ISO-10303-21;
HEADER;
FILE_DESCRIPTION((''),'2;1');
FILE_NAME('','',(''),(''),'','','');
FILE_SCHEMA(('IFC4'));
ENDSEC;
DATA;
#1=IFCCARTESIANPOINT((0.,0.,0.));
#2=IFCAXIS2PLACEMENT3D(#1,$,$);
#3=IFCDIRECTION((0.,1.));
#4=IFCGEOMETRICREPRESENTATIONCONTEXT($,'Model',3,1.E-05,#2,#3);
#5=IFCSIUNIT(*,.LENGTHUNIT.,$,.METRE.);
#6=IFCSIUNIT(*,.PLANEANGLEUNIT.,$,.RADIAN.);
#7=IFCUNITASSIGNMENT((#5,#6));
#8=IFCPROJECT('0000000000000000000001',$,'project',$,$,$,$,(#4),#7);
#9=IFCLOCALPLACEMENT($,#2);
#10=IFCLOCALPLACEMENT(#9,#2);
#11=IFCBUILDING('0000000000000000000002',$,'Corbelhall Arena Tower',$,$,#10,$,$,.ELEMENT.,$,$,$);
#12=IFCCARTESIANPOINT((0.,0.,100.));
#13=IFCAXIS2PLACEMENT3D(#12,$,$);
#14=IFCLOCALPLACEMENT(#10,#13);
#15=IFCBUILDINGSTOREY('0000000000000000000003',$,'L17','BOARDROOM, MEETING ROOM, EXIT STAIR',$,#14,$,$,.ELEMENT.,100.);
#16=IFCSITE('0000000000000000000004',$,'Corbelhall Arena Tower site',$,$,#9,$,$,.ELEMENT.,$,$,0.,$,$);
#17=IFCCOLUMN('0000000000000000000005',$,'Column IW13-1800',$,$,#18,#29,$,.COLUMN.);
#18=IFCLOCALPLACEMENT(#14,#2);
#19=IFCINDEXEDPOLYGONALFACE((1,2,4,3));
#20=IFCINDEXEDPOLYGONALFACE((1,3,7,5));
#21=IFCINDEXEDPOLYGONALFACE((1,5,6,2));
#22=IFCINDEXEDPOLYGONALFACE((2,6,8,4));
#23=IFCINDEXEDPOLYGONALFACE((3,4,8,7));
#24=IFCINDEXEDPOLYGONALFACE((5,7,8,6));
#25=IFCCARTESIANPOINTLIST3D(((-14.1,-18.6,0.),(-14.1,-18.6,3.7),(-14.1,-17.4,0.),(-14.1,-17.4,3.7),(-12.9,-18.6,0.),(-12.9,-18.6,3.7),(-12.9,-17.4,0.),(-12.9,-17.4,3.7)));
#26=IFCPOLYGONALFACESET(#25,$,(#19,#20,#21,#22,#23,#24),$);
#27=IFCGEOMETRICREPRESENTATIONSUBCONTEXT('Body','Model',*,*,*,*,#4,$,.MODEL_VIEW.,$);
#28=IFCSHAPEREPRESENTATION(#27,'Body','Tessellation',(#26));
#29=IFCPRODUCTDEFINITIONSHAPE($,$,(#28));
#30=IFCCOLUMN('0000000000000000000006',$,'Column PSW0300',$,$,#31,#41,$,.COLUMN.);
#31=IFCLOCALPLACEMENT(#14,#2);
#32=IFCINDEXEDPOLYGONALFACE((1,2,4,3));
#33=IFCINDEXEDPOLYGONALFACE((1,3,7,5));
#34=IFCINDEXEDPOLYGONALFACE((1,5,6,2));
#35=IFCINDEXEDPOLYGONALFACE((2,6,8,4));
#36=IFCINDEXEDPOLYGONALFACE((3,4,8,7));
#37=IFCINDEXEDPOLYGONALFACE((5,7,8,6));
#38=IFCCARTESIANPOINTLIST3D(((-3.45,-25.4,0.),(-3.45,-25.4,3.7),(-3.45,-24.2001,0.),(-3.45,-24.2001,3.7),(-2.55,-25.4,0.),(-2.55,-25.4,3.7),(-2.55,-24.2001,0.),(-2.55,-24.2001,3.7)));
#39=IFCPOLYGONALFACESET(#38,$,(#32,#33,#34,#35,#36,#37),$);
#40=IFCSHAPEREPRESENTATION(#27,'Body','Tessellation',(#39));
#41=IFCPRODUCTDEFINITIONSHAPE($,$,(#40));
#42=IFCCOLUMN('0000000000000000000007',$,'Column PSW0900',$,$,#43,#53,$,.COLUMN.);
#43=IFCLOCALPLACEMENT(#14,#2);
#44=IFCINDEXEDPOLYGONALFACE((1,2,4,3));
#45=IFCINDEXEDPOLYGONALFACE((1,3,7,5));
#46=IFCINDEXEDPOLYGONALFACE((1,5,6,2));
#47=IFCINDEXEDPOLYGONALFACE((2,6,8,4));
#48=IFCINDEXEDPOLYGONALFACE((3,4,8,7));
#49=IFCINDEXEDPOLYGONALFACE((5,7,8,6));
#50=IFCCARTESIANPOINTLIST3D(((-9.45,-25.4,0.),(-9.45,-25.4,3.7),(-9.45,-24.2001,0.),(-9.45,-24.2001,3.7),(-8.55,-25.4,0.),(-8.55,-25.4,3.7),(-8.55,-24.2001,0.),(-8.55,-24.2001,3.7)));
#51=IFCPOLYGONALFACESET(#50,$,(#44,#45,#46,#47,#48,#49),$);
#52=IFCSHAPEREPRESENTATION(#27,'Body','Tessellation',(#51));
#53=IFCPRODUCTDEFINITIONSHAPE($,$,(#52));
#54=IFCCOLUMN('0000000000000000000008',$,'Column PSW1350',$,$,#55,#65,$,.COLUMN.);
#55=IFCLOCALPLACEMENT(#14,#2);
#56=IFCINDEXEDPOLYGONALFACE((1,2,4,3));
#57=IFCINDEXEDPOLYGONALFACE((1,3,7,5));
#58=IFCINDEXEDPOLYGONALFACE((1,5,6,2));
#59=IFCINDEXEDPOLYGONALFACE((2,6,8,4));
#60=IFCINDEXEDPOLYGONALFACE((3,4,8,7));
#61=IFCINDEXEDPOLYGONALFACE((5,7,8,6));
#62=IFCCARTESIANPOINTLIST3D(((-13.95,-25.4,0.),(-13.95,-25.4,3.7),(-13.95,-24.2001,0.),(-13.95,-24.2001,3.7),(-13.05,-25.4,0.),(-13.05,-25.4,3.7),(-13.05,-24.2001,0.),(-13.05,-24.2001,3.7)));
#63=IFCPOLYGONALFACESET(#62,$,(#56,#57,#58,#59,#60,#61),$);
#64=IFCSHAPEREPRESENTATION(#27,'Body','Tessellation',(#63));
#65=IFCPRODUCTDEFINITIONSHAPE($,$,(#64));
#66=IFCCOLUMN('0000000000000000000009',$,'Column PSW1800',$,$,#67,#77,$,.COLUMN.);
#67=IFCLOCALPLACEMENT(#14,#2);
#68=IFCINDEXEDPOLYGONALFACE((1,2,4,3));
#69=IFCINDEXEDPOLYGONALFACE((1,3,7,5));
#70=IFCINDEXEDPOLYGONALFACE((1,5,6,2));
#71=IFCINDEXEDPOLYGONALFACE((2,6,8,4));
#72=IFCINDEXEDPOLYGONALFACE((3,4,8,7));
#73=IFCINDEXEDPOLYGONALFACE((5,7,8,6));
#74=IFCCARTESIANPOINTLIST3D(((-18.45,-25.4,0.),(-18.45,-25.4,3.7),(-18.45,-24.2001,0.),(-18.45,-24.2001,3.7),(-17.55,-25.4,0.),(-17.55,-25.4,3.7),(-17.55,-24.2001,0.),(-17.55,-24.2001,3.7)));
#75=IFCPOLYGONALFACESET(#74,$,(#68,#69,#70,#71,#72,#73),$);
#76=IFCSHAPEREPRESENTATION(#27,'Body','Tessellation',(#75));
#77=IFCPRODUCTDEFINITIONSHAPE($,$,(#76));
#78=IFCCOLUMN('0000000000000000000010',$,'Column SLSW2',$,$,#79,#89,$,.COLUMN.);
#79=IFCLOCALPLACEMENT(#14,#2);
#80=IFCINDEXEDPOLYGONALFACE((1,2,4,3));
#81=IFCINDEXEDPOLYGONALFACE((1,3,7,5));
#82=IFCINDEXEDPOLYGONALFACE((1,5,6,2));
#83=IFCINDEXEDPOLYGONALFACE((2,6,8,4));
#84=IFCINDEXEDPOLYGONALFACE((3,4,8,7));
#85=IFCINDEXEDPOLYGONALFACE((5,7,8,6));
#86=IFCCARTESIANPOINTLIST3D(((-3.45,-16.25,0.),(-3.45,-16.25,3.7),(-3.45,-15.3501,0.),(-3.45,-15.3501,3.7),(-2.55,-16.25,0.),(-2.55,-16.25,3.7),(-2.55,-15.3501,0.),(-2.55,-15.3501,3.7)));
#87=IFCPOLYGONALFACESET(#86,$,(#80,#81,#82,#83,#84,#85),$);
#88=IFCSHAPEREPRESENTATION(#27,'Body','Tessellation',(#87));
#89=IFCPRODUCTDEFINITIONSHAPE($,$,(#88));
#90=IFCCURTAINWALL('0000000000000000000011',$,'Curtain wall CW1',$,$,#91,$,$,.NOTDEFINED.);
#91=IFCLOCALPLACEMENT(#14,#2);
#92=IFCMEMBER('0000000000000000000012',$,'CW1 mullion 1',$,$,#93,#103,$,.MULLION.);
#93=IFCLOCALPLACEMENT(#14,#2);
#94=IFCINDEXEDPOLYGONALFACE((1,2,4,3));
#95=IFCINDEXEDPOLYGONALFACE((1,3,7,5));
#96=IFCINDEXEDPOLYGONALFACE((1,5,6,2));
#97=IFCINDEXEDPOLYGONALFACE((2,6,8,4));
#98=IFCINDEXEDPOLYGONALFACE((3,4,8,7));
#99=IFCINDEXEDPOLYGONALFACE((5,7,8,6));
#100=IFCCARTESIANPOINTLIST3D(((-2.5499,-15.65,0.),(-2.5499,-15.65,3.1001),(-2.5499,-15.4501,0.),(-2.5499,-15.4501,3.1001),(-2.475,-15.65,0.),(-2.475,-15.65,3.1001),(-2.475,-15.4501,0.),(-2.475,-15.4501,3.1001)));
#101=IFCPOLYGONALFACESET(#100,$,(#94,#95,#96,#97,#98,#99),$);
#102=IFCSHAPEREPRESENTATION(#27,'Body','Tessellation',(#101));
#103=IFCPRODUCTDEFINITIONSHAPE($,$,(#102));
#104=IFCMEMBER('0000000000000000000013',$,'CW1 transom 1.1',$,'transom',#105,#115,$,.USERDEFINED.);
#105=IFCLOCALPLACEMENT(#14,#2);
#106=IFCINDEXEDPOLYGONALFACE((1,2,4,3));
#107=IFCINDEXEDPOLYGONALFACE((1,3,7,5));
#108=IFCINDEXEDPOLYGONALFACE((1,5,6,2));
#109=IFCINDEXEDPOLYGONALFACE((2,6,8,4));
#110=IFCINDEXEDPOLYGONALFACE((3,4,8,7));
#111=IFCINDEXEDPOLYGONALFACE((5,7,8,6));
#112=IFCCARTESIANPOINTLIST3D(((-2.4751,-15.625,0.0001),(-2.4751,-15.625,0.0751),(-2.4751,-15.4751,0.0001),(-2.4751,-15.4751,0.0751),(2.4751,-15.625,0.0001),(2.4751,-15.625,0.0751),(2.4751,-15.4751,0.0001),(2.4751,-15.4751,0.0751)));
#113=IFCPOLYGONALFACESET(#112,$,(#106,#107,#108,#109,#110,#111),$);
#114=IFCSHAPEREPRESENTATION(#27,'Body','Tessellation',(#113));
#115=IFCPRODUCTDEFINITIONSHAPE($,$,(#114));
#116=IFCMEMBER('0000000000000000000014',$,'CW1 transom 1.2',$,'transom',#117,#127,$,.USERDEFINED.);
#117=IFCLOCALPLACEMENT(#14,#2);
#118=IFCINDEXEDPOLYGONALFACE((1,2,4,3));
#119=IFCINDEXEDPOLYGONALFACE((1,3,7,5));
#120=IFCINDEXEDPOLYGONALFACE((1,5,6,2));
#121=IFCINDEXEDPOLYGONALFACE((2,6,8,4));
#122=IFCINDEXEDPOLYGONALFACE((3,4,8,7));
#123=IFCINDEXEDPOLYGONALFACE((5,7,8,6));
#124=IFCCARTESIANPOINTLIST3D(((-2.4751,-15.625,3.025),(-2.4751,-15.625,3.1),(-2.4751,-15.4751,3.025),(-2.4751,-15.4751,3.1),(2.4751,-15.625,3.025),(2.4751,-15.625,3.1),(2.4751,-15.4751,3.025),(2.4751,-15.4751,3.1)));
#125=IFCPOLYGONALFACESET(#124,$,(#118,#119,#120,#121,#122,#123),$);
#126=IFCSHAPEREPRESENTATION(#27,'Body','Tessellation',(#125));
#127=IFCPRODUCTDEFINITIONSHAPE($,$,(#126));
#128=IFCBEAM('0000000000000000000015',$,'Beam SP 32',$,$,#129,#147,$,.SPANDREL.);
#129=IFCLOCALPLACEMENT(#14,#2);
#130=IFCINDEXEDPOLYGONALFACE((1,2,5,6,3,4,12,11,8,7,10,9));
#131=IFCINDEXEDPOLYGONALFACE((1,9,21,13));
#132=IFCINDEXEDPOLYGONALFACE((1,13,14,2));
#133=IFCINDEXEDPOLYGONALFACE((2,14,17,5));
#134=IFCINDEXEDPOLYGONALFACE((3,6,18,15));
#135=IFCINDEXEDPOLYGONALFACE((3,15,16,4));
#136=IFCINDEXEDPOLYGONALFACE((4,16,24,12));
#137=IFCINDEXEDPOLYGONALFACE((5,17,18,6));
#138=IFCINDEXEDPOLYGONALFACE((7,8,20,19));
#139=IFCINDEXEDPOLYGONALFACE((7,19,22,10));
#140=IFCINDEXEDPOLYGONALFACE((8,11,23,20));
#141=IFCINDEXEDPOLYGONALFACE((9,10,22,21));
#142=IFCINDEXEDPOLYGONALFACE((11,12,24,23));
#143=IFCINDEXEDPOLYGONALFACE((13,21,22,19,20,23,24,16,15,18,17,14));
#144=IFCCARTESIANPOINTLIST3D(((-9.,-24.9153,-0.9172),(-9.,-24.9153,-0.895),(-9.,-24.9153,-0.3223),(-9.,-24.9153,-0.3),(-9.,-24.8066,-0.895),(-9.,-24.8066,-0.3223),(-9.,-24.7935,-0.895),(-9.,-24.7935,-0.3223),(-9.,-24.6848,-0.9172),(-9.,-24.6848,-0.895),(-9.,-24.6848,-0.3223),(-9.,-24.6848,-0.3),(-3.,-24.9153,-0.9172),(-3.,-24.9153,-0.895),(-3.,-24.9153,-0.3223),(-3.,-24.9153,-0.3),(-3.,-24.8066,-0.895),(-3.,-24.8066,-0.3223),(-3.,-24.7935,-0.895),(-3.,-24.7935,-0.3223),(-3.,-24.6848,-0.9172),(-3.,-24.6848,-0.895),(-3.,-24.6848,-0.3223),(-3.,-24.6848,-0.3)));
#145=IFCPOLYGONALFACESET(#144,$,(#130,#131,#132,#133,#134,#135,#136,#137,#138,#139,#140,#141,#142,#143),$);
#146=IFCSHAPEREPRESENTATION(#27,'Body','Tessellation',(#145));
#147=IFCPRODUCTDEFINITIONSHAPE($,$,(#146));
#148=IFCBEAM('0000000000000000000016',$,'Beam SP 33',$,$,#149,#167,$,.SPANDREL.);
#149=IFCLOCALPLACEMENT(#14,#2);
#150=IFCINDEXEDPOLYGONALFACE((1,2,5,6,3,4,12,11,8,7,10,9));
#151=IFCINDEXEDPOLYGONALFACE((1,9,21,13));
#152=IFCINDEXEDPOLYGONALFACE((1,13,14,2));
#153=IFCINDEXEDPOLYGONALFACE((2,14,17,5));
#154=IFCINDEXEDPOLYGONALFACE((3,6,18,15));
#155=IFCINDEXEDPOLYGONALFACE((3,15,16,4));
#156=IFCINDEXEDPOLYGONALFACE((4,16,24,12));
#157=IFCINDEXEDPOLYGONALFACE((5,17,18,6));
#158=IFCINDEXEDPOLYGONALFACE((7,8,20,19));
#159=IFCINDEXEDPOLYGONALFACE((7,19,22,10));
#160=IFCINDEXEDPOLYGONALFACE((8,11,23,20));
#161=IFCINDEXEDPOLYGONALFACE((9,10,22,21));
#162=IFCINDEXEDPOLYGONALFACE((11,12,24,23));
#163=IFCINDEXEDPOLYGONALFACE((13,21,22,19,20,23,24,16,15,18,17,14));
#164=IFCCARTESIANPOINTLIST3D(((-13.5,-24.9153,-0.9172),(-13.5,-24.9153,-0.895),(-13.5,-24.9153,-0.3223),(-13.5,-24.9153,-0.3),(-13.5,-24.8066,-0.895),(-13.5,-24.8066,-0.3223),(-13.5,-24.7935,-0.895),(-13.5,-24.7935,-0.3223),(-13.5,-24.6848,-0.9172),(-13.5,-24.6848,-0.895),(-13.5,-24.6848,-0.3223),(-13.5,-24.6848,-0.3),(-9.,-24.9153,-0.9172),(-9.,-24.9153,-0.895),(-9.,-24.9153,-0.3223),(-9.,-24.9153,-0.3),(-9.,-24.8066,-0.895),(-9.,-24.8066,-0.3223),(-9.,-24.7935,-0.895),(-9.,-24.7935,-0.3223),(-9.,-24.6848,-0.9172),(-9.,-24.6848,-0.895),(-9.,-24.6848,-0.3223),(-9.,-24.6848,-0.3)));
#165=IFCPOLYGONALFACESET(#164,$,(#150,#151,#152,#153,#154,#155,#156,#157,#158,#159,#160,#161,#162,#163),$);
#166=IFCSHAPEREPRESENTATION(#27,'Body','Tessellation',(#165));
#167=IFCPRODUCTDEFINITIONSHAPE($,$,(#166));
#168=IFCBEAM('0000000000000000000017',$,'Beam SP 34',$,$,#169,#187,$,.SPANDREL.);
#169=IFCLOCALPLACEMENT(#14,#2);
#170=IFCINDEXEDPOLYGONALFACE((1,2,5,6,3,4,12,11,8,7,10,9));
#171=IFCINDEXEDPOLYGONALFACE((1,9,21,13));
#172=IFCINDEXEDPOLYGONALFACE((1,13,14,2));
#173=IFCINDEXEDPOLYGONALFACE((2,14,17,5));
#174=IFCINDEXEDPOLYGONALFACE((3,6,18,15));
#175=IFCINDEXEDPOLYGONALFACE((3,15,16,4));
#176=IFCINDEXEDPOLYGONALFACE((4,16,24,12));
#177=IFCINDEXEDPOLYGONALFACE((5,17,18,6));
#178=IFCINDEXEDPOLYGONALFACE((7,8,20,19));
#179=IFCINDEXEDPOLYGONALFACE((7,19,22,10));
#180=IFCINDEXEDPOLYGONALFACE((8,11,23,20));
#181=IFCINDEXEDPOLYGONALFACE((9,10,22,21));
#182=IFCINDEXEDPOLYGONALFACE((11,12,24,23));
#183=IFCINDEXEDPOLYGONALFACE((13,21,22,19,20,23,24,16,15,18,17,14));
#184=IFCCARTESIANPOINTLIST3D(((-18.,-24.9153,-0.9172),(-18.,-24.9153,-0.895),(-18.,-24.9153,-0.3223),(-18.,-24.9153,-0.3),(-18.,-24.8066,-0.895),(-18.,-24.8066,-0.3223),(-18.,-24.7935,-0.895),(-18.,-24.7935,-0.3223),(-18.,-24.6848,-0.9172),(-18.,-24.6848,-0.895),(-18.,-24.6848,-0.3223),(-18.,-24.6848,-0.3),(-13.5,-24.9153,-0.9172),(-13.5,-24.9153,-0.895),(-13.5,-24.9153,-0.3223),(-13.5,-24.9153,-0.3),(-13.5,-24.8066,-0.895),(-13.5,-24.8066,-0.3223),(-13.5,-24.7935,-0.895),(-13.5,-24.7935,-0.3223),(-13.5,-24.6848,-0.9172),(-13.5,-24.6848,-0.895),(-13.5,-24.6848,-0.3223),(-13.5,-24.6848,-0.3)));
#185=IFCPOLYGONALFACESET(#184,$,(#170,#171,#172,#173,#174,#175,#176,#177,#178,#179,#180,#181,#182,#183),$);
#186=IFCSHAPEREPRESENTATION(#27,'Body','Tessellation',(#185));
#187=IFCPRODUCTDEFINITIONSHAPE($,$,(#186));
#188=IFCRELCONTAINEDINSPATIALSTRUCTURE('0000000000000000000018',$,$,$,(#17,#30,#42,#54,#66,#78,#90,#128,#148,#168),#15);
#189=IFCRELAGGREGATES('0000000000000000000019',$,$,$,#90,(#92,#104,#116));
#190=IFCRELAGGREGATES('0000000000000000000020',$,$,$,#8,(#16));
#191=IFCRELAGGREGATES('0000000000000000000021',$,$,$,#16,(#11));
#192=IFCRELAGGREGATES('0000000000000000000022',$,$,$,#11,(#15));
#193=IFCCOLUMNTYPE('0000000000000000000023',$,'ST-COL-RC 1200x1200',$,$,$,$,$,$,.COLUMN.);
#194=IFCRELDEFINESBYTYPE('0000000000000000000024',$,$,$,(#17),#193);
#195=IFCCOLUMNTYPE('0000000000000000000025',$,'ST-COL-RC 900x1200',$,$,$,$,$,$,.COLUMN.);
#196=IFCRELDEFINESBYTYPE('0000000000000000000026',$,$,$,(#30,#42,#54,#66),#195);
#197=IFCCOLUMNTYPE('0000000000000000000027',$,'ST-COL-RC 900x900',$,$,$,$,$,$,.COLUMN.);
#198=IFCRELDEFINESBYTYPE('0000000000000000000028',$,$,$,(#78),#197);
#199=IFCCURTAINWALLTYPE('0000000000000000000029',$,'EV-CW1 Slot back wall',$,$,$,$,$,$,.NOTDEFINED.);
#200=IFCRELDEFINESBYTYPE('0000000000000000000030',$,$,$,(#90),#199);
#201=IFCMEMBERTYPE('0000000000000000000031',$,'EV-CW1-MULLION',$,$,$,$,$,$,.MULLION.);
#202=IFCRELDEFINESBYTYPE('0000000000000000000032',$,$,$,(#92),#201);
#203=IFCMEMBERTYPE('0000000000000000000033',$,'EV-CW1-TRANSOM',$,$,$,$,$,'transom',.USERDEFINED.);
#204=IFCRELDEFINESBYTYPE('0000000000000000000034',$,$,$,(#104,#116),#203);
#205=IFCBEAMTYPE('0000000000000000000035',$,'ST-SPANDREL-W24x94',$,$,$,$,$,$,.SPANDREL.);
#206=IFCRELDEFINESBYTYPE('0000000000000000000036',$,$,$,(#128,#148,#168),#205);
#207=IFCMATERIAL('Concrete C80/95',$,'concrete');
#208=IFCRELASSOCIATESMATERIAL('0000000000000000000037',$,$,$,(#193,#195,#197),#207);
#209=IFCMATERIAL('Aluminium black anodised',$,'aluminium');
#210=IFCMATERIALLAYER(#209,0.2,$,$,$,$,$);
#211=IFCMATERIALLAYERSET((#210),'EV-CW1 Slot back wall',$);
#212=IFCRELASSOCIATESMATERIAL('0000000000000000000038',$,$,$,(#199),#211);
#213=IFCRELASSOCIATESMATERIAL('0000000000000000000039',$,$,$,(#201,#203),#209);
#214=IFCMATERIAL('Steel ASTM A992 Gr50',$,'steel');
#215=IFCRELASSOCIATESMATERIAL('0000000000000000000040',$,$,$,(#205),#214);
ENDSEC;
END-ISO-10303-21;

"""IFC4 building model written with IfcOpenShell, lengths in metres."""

from ifc_helpers import new_model, si_unit, direction, frame, origin, origin_2d, place, context, subcontext, project, spatial, rectangle, i_section, extrude, material, layer, layer_set, material_profile, profile_set, type_object, element, aggregate, save


model = new_model("IFC4")

# Units and contexts
model_context = context("Model", 3, precision=1e-05, world=origin(), true_north=direction((0.0, 1.0)))
body_context = subcontext(model_context, "Body", "Model", "MODEL_VIEW")
ifc_project = project(units=[si_unit("LENGTHUNIT", "METRE"), si_unit("PLANEANGLEUNIT", "RADIAN")], contexts=[model_context])

# Site, building, storey
site_placement = place(None, origin())
site = spatial("IfcSite", under=ifc_project, at=site_placement, Name="Corbelhall Arena Tower site", CompositionType="ELEMENT", RefElevation=0.0)
building_placement = place(site_placement, origin())
building = spatial("IfcBuilding", under=site, at=building_placement, Name="Corbelhall Arena Tower", CompositionType="ELEMENT")
storey_placement = place(building_placement, frame((0.0, 0.0, 100.0)))
storey = spatial("IfcBuildingStorey", under=building, at=storey_placement, Name="L17", Description="BOARDROOM, MEETING ROOM, EXIT STAIR", CompositionType="ELEMENT", Elevation=100.0)

# Columns
ifc_material_1 = material(Name="Concrete C80/95", Category="concrete")
ifc_material_profile_1 = material_profile(ifc_material_1, rectangle(XDim=1.2, YDim=1.2, at=origin_2d()))
ifc_profile_set_1 = profile_set([ifc_material_profile_1], Name="Concrete C80/95")
column_type_1 = type_object("IfcColumnType", Name="ST-COL-RC 1200x1200", PredefinedType="COLUMN", material=ifc_profile_set_1)
column_1_placement = place(storey_placement, frame((-13.5, -18.0, 0.0), z_axis=(0.0, 0.0, 1.0), x_axis=(1.0, 0.0, 0.0)))
element("IfcColumn", 1, at=column_1_placement, inside=storey, type_object=column_type_1, Name="Column IW13-1800", PredefinedType="COLUMN", context=body_context, shape_type="SweptSolid", body=[
    extrude(rectangle(XDim=1.2, YDim=1.2, at=origin_2d()), origin(), (0.0, 0.0, 1.0), 3.7),
])
ifc_material_profile_2 = material_profile(ifc_material_1, rectangle(XDim=0.8999, YDim=1.2, at=origin_2d()))
ifc_profile_set_2 = profile_set([ifc_material_profile_2], Name="Concrete C80/95")
column_type_2 = type_object("IfcColumnType", Name="ST-COL-RC 900x1200", PredefinedType="COLUMN", material=ifc_profile_set_2)
for number, where, z_axis, x_axis, name in (
    (2, (-3.0, -24.8, 0.0), (0.0, 0.0, 1.0), (1.0, 0.0, 0.0), "Column PSW0300"),
    (3, (-9.0, -24.8, 0.0), (0.0, 0.0, 1.0), (1.0, 0.0, 0.0), "Column PSW0900"),
    (4, (-13.5, -24.8, 0.0), (0.0, 0.0, 1.0), (1.0, 0.0, 0.0), "Column PSW1350"),
    (5, (-18.0, -24.8, 0.0), (0.0, 0.0, 1.0), (1.0, 0.0, 0.0), "Column PSW1800"),
):
    element("IfcColumn", number, at=place(storey_placement, frame(where, z_axis=z_axis, x_axis=x_axis)), inside=storey, type_object=column_type_2, Name=name, PredefinedType="COLUMN", context=body_context, shape_type="SweptSolid", body=[
        extrude(rectangle(XDim=0.8999, YDim=1.2, at=origin_2d()), origin(), (0.0, 0.0, 1.0), 3.7),
    ])
ifc_material_profile_3 = material_profile(ifc_material_1, rectangle(XDim=0.8999, YDim=0.8999, at=origin_2d()))
ifc_profile_set_3 = profile_set([ifc_material_profile_3], Name="Concrete C80/95")
column_type_3 = type_object("IfcColumnType", Name="ST-COL-RC 900x900", PredefinedType="COLUMN", material=ifc_profile_set_3)
column_2_placement = place(storey_placement, frame((-3.0, -15.8, 0.0), z_axis=(0.0, 0.0, 1.0), x_axis=(1.0, 0.0, 0.0)))
element("IfcColumn", 6, at=column_2_placement, inside=storey, type_object=column_type_3, Name="Column SLSW2", PredefinedType="COLUMN", context=body_context, shape_type="SweptSolid", body=[
    extrude(rectangle(XDim=0.8999, YDim=0.8999, at=origin_2d()), origin(), (0.0, 0.0, 1.0), 3.7),
])

# Curtain wall, members
ifc_material_2 = material(Name="Aluminium black anodised", Category="aluminium")
ifc_layer_1 = layer(ifc_material_2, 0.2)
ifc_layer_set_1 = layer_set([ifc_layer_1], Name="EV-CW1 Slot back wall")
curtain_wall_type = type_object("IfcCurtainWallType", Name="EV-CW1 Slot back wall", PredefinedType="NOTDEFINED", material=ifc_layer_set_1)
curtain_wall_placement = place(storey_placement, origin())
curtain_wall = element("IfcCurtainWall", 7, at=curtain_wall_placement, inside=storey, type_object=curtain_wall_type, Name="Curtain wall CW1", PredefinedType="NOTDEFINED")
ifc_material_profile_4 = material_profile(ifc_material_2, rectangle(XDim=0.2, YDim=0.075, at=origin_2d()))
ifc_profile_set_4 = profile_set([ifc_material_profile_4], Name="Aluminium black anodised")
member_type_1 = type_object("IfcMemberType", Name="EV-CW1-MULLION", PredefinedType="MULLION", material=ifc_profile_set_4)
member_1_placement = place(storey_placement, frame((-2.5125, -15.55, 0.0), z_axis=(0.0, 0.0, 1.0), x_axis=(0.0, 1.0, 0.0)))
member_1 = element("IfcMember", 8, at=member_1_placement, type_object=member_type_1, Name="CW1 mullion 1", PredefinedType="MULLION", context=body_context, shape_type="SweptSolid", body=[
    extrude(rectangle(XDim=0.2, YDim=0.075, at=origin_2d()), origin(), (0.0, 0.0, 1.0), 3.1001),
])
ifc_material_profile_5 = material_profile(ifc_material_2, rectangle(XDim=0.1499, YDim=0.075, at=origin_2d()))
ifc_profile_set_5 = profile_set([ifc_material_profile_5], Name="Aluminium black anodised")
member_type_2 = type_object("IfcMemberType", Name="EV-CW1-TRANSOM", ElementType="transom", PredefinedType="USERDEFINED", material=ifc_profile_set_5)
member_2_placement = place(storey_placement, frame((-2.4751, -15.55, 0.0376), z_axis=(1.0, 0.0, 0.0), x_axis=(0.0, 1.0, 0.0)))
member_2 = element("IfcMember", 9, at=member_2_placement, type_object=member_type_2, Name="CW1 transom 1.1", ObjectType="transom", PredefinedType="USERDEFINED", context=body_context, shape_type="SweptSolid", body=[
    extrude(rectangle(XDim=0.1499, YDim=0.075, at=origin_2d()), origin(), (0.0, 0.0, 1.0), 4.9502),
])
member_3_placement = place(storey_placement, frame((-2.4751, -15.55, 3.0625), z_axis=(1.0, 0.0, 0.0), x_axis=(0.0, 1.0, 0.0)))
member_3 = element("IfcMember", 10, at=member_3_placement, type_object=member_type_2, Name="CW1 transom 1.2", ObjectType="transom", PredefinedType="USERDEFINED", context=body_context, shape_type="SweptSolid", body=[
    extrude(rectangle(XDim=0.1499, YDim=0.075, at=origin_2d()), origin(), (0.0, 0.0, 1.0), 4.9502),
])
aggregate(curtain_wall, [member_1, member_2, member_3])

# Beams
ifc_material_3 = material(Name="Steel ASTM A992 Gr50", Category="steel")
ifc_material_profile_6 = material_profile(ifc_material_3, i_section(OverallWidth=0.2305, OverallDepth=0.6172, WebThickness=0.0132, FlangeThickness=0.0222, at=origin_2d()))
ifc_profile_set_6 = profile_set([ifc_material_profile_6], Name="Steel ASTM A992 Gr50")
beam_type_1 = type_object("IfcBeamType", Name="ST-SPANDREL-W24x94", PredefinedType="SPANDREL", material=ifc_profile_set_6)
beam_1_placement = place(storey_placement, frame((-3.0, -24.8, -0.6086), z_axis=(-1.0, 0.0, 0.0), x_axis=(0.0, -1.0, 0.0)))
element("IfcBeam", 11, at=beam_1_placement, inside=storey, type_object=beam_type_1, Name="Beam SP 32", PredefinedType="SPANDREL", context=body_context, shape_type="SweptSolid", body=[
    extrude(i_section(OverallWidth=0.2305, OverallDepth=0.6172, WebThickness=0.0132, FlangeThickness=0.0222, at=origin_2d()), origin(), (0.0, 0.0, 1.0), 6.0),
])
for number, where, z_axis, x_axis, name in (
    (12, (-9.0, -24.8, -0.6086), (-1.0, 0.0, 0.0), (0.0, -1.0, 0.0), "Beam SP 33"),
    (13, (-13.5, -24.8, -0.6086), (-1.0, 0.0, 0.0), (0.0, -1.0, 0.0), "Beam SP 34"),
):
    element("IfcBeam", number, at=place(storey_placement, frame(where, z_axis=z_axis, x_axis=x_axis)), inside=storey, type_object=beam_type_1, Name=name, PredefinedType="SPANDREL", context=body_context, shape_type="SweptSolid", body=[
        extrude(i_section(OverallWidth=0.2305, OverallDepth=0.6172, WebThickness=0.0132, FlangeThickness=0.0222, at=origin_2d()), origin(), (0.0, 0.0, 1.0), 4.5),
    ])

save(model, "model.ifc")
